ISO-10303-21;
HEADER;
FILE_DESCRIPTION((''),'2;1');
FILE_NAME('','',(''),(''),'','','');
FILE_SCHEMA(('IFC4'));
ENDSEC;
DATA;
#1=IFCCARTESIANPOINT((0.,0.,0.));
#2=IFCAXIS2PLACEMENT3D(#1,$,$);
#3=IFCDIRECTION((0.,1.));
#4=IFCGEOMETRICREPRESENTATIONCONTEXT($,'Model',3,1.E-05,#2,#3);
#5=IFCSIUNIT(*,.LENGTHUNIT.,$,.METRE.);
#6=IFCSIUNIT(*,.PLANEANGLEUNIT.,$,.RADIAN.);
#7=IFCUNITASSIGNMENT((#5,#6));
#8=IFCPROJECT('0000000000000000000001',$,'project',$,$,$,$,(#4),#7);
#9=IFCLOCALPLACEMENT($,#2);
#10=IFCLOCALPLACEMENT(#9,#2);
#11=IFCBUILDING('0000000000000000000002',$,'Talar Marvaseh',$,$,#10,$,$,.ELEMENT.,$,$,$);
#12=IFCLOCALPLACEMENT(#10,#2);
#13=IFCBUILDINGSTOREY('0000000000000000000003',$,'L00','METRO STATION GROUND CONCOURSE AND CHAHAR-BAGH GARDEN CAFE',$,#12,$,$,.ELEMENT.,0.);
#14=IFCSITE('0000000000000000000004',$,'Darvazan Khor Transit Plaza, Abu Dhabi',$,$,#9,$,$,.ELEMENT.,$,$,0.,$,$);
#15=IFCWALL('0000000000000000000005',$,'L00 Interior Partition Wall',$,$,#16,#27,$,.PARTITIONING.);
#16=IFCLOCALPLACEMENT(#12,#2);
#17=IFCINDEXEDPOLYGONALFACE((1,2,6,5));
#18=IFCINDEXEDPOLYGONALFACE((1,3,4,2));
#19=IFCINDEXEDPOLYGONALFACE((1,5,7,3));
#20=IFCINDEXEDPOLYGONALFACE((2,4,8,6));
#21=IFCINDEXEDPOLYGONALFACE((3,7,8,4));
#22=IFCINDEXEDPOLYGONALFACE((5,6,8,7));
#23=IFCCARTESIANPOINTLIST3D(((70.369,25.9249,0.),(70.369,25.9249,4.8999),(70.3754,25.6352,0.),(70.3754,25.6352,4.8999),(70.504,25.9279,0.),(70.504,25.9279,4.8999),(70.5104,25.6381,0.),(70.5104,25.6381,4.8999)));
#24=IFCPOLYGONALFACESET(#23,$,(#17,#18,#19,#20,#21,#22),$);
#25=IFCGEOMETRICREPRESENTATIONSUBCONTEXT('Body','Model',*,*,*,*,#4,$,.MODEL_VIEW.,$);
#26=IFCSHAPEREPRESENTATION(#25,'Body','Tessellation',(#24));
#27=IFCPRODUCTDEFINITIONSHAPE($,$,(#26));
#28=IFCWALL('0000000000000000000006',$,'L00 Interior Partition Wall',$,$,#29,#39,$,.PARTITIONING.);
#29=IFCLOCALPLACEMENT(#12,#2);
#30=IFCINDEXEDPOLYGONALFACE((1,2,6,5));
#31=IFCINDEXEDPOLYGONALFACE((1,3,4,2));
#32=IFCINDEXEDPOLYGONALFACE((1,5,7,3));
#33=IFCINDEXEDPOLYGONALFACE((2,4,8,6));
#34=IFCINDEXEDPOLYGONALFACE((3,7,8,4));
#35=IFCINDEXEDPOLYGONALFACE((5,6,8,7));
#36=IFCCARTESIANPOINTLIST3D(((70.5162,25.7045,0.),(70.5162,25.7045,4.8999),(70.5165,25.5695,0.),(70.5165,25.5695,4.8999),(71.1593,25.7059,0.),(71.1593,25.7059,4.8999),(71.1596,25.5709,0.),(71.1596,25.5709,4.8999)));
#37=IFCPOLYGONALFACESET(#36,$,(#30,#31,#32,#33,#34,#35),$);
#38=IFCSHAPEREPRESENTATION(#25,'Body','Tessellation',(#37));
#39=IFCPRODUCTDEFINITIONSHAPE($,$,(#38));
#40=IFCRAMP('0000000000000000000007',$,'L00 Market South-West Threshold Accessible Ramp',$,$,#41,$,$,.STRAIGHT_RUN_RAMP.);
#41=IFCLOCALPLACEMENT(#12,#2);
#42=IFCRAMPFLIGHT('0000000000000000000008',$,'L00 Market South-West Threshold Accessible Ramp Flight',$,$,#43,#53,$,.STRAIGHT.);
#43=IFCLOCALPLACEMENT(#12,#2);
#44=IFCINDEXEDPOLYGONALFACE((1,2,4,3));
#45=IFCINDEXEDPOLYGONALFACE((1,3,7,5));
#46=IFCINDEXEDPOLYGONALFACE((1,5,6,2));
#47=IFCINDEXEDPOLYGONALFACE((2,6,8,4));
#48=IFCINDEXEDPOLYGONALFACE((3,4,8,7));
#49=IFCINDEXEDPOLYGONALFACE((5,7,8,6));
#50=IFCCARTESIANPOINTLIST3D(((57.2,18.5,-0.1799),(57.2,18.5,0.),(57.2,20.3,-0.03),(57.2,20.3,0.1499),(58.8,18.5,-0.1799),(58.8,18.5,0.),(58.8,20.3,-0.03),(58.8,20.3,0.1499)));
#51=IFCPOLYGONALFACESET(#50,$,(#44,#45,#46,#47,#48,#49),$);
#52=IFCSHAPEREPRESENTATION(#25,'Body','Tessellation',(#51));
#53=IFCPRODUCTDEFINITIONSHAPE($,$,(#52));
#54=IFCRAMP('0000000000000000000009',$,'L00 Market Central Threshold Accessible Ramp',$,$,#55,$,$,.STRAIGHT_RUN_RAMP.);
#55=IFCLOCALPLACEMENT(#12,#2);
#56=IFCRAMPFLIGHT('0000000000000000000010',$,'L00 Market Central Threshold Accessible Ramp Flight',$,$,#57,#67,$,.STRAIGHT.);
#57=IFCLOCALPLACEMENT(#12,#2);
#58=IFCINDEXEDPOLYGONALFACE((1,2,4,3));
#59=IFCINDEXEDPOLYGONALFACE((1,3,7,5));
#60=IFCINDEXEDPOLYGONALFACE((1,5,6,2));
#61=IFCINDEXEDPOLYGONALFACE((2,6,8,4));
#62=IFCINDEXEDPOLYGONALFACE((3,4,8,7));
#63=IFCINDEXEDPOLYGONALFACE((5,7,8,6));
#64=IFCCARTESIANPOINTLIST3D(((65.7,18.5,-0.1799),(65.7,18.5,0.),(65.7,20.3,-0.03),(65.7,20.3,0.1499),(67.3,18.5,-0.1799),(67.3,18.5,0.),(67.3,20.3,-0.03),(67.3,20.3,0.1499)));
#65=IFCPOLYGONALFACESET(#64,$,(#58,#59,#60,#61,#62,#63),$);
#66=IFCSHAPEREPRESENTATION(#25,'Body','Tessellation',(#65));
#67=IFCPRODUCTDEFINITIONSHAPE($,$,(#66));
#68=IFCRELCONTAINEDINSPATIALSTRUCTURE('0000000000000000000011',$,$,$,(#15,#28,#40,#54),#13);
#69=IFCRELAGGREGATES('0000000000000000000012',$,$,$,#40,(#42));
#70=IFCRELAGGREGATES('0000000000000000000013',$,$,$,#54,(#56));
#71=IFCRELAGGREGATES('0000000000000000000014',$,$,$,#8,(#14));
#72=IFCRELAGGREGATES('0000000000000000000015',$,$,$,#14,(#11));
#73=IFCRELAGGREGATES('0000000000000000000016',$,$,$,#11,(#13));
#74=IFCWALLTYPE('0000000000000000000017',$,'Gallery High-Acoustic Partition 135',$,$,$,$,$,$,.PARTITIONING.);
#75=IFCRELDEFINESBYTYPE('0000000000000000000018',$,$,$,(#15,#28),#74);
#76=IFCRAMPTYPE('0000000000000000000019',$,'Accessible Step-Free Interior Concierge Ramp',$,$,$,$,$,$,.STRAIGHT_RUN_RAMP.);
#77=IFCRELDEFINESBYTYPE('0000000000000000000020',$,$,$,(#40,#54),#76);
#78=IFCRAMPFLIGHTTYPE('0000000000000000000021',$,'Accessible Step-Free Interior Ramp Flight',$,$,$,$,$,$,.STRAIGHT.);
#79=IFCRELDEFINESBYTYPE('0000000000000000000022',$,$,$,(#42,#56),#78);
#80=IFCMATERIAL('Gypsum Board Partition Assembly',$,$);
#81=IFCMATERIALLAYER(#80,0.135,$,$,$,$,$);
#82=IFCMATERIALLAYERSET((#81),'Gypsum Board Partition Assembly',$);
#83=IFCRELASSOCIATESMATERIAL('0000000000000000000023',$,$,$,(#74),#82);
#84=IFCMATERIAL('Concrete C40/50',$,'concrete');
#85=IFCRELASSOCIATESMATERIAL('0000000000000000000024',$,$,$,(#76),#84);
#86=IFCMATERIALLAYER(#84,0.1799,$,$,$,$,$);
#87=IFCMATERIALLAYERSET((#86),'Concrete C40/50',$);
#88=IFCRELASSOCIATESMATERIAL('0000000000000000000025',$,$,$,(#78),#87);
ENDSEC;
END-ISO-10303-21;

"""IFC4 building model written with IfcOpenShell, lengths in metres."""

from ifc_helpers import new_model, si_unit, direction, frame, frame_2d, origin, place, context, subcontext, project, spatial, polyline, rectangle, outline, extrude, material, layer, layer_set, type_object, element, aggregate, save


model = new_model("IFC4")

# Units and contexts
model_context = context("Model", 3, precision=1e-05, world=origin(), true_north=direction((0.0, 1.0)))
body_context = subcontext(model_context, "Body", "Model", "MODEL_VIEW")
ifc_project = project(units=[si_unit("LENGTHUNIT", "METRE"), si_unit("PLANEANGLEUNIT", "RADIAN")], contexts=[model_context])

# Site, building, storey
site_placement = place(None, origin())
site = spatial("IfcSite", under=ifc_project, at=site_placement, Name="Darvazan Khor Transit Plaza, Abu Dhabi", CompositionType="ELEMENT", RefElevation=0.0)
building_placement = place(site_placement, origin())
building = spatial("IfcBuilding", under=site, at=building_placement, Name="Talar Marvaseh", CompositionType="ELEMENT")
storey_placement = place(building_placement, origin())
storey = spatial("IfcBuildingStorey", under=building, at=storey_placement, Name="L00", Description="METRO STATION GROUND CONCOURSE AND CHAHAR-BAGH GARDEN CAFE", CompositionType="ELEMENT", Elevation=0.0)

# Shared definitions
ifc_material_1 = material(Name="Concrete C40/50", Category="concrete")

# Shared definitions
ifc_material_2 = material(Name="Gypsum Board Partition Assembly")
ifc_layer_1 = layer(ifc_material_2, 0.135)
ifc_layer_set_1 = layer_set([ifc_layer_1], Name="Gypsum Board Partition Assembly")
wall_type = type_object("IfcWallType", Name="Gallery High-Acoustic Partition 135", PredefinedType="PARTITIONING", material=ifc_layer_set_1)

# Walls
wall_1_placement = place(storey_placement, frame((70.4365, 25.9265, 0.0), z_axis=(0.0, 0.0, 1.0), x_axis=(0.021899, -0.99976, 0.0)))
element("IfcWall", 1, at=wall_1_placement, inside=storey, type_object=wall_type, Name="L00 Interior Partition Wall", PredefinedType="PARTITIONING", context=body_context, shape_type="SweptSolid", body=[
    extrude(rectangle(XDim=0.2898, YDim=0.135, at=frame_2d((0.145, 0.0))), origin(), (0.0, 0.0, 1.0), 4.8999),
])
wall_2_placement = place(storey_placement, frame((70.5164, 25.637, 0.0), z_axis=(0.0, 0.0, 1.0), x_axis=(0.999997, 0.002278, 0.0)))
element("IfcWall", 2, at=wall_2_placement, inside=storey, type_object=wall_type, Name="L00 Interior Partition Wall", PredefinedType="PARTITIONING", context=body_context, shape_type="SweptSolid", body=[
    extrude(rectangle(XDim=0.6431, YDim=0.135, at=frame_2d((0.3215, 0.0))), origin(), (0.0, 0.0, 1.0), 4.8999),
])

# Ramps, ramp flights
ramp_type = type_object("IfcRampType", Name="Accessible Step-Free Interior Concierge Ramp", PredefinedType="STRAIGHT_RUN_RAMP", material=ifc_material_1)
ramp_1_placement = place(storey_placement, origin())
ramp_1 = element("IfcRamp", 3, at=ramp_1_placement, inside=storey, type_object=ramp_type, Name="L00 Market South-West Threshold Accessible Ramp", PredefinedType="STRAIGHT_RUN_RAMP")
ifc_layer_2 = layer(ifc_material_1, 0.1799)
ifc_layer_set_2 = layer_set([ifc_layer_2], Name="Concrete C40/50")
ramp_flight_type = type_object("IfcRampFlightType", Name="Accessible Step-Free Interior Ramp Flight", PredefinedType="STRAIGHT", material=ifc_layer_set_2)
ramp_flight_1_placement = place(storey_placement, frame((58.0, 18.5, 0.0), z_axis=(0.0, 0.0, 1.0), x_axis=(0.0, 1.0, 0.0)))
ramp_flight_1 = element("IfcRampFlight", 4, at=ramp_flight_1_placement, type_object=ramp_flight_type, Name="L00 Market South-West Threshold Accessible Ramp Flight", PredefinedType="STRAIGHT", context=body_context, shape_type="SweptSolid", body=[
    extrude(outline(polyline([(0.0, 0.0), (0.0, -0.1799), (1.8, -0.03), (1.8, 0.1499), (0.0, 0.0)])), frame((0.0, 0.8, 0.0), z_axis=(0.0, -1.0, 0.0), x_axis=(1.0, 0.0, 0.0)), (0.0, 0.0, 1.0), 1.6001),
])
aggregate(ramp_1, [ramp_flight_1])
ramp_2_placement = place(storey_placement, origin())
ramp_2 = element("IfcRamp", 5, at=ramp_2_placement, inside=storey, type_object=ramp_type, Name="L00 Market Central Threshold Accessible Ramp", PredefinedType="STRAIGHT_RUN_RAMP")
ramp_flight_2_placement = place(storey_placement, frame((66.5, 18.5, 0.0), z_axis=(0.0, 0.0, 1.0), x_axis=(0.0, 1.0, 0.0)))
ramp_flight_2 = element("IfcRampFlight", 6, at=ramp_flight_2_placement, type_object=ramp_flight_type, Name="L00 Market Central Threshold Accessible Ramp Flight", PredefinedType="STRAIGHT", context=body_context, shape_type="SweptSolid", body=[
    extrude(outline(polyline([(0.0, 0.0), (0.0, -0.1799), (1.8, -0.03), (1.8, 0.1499), (0.0, 0.0)])), frame((0.0, 0.8, 0.0), z_axis=(0.0, -1.0, 0.0), x_axis=(1.0, 0.0, 0.0)), (0.0, 0.0, 1.0), 1.6001),
])
aggregate(ramp_2, [ramp_flight_2])

save(model, "model.ifc")
